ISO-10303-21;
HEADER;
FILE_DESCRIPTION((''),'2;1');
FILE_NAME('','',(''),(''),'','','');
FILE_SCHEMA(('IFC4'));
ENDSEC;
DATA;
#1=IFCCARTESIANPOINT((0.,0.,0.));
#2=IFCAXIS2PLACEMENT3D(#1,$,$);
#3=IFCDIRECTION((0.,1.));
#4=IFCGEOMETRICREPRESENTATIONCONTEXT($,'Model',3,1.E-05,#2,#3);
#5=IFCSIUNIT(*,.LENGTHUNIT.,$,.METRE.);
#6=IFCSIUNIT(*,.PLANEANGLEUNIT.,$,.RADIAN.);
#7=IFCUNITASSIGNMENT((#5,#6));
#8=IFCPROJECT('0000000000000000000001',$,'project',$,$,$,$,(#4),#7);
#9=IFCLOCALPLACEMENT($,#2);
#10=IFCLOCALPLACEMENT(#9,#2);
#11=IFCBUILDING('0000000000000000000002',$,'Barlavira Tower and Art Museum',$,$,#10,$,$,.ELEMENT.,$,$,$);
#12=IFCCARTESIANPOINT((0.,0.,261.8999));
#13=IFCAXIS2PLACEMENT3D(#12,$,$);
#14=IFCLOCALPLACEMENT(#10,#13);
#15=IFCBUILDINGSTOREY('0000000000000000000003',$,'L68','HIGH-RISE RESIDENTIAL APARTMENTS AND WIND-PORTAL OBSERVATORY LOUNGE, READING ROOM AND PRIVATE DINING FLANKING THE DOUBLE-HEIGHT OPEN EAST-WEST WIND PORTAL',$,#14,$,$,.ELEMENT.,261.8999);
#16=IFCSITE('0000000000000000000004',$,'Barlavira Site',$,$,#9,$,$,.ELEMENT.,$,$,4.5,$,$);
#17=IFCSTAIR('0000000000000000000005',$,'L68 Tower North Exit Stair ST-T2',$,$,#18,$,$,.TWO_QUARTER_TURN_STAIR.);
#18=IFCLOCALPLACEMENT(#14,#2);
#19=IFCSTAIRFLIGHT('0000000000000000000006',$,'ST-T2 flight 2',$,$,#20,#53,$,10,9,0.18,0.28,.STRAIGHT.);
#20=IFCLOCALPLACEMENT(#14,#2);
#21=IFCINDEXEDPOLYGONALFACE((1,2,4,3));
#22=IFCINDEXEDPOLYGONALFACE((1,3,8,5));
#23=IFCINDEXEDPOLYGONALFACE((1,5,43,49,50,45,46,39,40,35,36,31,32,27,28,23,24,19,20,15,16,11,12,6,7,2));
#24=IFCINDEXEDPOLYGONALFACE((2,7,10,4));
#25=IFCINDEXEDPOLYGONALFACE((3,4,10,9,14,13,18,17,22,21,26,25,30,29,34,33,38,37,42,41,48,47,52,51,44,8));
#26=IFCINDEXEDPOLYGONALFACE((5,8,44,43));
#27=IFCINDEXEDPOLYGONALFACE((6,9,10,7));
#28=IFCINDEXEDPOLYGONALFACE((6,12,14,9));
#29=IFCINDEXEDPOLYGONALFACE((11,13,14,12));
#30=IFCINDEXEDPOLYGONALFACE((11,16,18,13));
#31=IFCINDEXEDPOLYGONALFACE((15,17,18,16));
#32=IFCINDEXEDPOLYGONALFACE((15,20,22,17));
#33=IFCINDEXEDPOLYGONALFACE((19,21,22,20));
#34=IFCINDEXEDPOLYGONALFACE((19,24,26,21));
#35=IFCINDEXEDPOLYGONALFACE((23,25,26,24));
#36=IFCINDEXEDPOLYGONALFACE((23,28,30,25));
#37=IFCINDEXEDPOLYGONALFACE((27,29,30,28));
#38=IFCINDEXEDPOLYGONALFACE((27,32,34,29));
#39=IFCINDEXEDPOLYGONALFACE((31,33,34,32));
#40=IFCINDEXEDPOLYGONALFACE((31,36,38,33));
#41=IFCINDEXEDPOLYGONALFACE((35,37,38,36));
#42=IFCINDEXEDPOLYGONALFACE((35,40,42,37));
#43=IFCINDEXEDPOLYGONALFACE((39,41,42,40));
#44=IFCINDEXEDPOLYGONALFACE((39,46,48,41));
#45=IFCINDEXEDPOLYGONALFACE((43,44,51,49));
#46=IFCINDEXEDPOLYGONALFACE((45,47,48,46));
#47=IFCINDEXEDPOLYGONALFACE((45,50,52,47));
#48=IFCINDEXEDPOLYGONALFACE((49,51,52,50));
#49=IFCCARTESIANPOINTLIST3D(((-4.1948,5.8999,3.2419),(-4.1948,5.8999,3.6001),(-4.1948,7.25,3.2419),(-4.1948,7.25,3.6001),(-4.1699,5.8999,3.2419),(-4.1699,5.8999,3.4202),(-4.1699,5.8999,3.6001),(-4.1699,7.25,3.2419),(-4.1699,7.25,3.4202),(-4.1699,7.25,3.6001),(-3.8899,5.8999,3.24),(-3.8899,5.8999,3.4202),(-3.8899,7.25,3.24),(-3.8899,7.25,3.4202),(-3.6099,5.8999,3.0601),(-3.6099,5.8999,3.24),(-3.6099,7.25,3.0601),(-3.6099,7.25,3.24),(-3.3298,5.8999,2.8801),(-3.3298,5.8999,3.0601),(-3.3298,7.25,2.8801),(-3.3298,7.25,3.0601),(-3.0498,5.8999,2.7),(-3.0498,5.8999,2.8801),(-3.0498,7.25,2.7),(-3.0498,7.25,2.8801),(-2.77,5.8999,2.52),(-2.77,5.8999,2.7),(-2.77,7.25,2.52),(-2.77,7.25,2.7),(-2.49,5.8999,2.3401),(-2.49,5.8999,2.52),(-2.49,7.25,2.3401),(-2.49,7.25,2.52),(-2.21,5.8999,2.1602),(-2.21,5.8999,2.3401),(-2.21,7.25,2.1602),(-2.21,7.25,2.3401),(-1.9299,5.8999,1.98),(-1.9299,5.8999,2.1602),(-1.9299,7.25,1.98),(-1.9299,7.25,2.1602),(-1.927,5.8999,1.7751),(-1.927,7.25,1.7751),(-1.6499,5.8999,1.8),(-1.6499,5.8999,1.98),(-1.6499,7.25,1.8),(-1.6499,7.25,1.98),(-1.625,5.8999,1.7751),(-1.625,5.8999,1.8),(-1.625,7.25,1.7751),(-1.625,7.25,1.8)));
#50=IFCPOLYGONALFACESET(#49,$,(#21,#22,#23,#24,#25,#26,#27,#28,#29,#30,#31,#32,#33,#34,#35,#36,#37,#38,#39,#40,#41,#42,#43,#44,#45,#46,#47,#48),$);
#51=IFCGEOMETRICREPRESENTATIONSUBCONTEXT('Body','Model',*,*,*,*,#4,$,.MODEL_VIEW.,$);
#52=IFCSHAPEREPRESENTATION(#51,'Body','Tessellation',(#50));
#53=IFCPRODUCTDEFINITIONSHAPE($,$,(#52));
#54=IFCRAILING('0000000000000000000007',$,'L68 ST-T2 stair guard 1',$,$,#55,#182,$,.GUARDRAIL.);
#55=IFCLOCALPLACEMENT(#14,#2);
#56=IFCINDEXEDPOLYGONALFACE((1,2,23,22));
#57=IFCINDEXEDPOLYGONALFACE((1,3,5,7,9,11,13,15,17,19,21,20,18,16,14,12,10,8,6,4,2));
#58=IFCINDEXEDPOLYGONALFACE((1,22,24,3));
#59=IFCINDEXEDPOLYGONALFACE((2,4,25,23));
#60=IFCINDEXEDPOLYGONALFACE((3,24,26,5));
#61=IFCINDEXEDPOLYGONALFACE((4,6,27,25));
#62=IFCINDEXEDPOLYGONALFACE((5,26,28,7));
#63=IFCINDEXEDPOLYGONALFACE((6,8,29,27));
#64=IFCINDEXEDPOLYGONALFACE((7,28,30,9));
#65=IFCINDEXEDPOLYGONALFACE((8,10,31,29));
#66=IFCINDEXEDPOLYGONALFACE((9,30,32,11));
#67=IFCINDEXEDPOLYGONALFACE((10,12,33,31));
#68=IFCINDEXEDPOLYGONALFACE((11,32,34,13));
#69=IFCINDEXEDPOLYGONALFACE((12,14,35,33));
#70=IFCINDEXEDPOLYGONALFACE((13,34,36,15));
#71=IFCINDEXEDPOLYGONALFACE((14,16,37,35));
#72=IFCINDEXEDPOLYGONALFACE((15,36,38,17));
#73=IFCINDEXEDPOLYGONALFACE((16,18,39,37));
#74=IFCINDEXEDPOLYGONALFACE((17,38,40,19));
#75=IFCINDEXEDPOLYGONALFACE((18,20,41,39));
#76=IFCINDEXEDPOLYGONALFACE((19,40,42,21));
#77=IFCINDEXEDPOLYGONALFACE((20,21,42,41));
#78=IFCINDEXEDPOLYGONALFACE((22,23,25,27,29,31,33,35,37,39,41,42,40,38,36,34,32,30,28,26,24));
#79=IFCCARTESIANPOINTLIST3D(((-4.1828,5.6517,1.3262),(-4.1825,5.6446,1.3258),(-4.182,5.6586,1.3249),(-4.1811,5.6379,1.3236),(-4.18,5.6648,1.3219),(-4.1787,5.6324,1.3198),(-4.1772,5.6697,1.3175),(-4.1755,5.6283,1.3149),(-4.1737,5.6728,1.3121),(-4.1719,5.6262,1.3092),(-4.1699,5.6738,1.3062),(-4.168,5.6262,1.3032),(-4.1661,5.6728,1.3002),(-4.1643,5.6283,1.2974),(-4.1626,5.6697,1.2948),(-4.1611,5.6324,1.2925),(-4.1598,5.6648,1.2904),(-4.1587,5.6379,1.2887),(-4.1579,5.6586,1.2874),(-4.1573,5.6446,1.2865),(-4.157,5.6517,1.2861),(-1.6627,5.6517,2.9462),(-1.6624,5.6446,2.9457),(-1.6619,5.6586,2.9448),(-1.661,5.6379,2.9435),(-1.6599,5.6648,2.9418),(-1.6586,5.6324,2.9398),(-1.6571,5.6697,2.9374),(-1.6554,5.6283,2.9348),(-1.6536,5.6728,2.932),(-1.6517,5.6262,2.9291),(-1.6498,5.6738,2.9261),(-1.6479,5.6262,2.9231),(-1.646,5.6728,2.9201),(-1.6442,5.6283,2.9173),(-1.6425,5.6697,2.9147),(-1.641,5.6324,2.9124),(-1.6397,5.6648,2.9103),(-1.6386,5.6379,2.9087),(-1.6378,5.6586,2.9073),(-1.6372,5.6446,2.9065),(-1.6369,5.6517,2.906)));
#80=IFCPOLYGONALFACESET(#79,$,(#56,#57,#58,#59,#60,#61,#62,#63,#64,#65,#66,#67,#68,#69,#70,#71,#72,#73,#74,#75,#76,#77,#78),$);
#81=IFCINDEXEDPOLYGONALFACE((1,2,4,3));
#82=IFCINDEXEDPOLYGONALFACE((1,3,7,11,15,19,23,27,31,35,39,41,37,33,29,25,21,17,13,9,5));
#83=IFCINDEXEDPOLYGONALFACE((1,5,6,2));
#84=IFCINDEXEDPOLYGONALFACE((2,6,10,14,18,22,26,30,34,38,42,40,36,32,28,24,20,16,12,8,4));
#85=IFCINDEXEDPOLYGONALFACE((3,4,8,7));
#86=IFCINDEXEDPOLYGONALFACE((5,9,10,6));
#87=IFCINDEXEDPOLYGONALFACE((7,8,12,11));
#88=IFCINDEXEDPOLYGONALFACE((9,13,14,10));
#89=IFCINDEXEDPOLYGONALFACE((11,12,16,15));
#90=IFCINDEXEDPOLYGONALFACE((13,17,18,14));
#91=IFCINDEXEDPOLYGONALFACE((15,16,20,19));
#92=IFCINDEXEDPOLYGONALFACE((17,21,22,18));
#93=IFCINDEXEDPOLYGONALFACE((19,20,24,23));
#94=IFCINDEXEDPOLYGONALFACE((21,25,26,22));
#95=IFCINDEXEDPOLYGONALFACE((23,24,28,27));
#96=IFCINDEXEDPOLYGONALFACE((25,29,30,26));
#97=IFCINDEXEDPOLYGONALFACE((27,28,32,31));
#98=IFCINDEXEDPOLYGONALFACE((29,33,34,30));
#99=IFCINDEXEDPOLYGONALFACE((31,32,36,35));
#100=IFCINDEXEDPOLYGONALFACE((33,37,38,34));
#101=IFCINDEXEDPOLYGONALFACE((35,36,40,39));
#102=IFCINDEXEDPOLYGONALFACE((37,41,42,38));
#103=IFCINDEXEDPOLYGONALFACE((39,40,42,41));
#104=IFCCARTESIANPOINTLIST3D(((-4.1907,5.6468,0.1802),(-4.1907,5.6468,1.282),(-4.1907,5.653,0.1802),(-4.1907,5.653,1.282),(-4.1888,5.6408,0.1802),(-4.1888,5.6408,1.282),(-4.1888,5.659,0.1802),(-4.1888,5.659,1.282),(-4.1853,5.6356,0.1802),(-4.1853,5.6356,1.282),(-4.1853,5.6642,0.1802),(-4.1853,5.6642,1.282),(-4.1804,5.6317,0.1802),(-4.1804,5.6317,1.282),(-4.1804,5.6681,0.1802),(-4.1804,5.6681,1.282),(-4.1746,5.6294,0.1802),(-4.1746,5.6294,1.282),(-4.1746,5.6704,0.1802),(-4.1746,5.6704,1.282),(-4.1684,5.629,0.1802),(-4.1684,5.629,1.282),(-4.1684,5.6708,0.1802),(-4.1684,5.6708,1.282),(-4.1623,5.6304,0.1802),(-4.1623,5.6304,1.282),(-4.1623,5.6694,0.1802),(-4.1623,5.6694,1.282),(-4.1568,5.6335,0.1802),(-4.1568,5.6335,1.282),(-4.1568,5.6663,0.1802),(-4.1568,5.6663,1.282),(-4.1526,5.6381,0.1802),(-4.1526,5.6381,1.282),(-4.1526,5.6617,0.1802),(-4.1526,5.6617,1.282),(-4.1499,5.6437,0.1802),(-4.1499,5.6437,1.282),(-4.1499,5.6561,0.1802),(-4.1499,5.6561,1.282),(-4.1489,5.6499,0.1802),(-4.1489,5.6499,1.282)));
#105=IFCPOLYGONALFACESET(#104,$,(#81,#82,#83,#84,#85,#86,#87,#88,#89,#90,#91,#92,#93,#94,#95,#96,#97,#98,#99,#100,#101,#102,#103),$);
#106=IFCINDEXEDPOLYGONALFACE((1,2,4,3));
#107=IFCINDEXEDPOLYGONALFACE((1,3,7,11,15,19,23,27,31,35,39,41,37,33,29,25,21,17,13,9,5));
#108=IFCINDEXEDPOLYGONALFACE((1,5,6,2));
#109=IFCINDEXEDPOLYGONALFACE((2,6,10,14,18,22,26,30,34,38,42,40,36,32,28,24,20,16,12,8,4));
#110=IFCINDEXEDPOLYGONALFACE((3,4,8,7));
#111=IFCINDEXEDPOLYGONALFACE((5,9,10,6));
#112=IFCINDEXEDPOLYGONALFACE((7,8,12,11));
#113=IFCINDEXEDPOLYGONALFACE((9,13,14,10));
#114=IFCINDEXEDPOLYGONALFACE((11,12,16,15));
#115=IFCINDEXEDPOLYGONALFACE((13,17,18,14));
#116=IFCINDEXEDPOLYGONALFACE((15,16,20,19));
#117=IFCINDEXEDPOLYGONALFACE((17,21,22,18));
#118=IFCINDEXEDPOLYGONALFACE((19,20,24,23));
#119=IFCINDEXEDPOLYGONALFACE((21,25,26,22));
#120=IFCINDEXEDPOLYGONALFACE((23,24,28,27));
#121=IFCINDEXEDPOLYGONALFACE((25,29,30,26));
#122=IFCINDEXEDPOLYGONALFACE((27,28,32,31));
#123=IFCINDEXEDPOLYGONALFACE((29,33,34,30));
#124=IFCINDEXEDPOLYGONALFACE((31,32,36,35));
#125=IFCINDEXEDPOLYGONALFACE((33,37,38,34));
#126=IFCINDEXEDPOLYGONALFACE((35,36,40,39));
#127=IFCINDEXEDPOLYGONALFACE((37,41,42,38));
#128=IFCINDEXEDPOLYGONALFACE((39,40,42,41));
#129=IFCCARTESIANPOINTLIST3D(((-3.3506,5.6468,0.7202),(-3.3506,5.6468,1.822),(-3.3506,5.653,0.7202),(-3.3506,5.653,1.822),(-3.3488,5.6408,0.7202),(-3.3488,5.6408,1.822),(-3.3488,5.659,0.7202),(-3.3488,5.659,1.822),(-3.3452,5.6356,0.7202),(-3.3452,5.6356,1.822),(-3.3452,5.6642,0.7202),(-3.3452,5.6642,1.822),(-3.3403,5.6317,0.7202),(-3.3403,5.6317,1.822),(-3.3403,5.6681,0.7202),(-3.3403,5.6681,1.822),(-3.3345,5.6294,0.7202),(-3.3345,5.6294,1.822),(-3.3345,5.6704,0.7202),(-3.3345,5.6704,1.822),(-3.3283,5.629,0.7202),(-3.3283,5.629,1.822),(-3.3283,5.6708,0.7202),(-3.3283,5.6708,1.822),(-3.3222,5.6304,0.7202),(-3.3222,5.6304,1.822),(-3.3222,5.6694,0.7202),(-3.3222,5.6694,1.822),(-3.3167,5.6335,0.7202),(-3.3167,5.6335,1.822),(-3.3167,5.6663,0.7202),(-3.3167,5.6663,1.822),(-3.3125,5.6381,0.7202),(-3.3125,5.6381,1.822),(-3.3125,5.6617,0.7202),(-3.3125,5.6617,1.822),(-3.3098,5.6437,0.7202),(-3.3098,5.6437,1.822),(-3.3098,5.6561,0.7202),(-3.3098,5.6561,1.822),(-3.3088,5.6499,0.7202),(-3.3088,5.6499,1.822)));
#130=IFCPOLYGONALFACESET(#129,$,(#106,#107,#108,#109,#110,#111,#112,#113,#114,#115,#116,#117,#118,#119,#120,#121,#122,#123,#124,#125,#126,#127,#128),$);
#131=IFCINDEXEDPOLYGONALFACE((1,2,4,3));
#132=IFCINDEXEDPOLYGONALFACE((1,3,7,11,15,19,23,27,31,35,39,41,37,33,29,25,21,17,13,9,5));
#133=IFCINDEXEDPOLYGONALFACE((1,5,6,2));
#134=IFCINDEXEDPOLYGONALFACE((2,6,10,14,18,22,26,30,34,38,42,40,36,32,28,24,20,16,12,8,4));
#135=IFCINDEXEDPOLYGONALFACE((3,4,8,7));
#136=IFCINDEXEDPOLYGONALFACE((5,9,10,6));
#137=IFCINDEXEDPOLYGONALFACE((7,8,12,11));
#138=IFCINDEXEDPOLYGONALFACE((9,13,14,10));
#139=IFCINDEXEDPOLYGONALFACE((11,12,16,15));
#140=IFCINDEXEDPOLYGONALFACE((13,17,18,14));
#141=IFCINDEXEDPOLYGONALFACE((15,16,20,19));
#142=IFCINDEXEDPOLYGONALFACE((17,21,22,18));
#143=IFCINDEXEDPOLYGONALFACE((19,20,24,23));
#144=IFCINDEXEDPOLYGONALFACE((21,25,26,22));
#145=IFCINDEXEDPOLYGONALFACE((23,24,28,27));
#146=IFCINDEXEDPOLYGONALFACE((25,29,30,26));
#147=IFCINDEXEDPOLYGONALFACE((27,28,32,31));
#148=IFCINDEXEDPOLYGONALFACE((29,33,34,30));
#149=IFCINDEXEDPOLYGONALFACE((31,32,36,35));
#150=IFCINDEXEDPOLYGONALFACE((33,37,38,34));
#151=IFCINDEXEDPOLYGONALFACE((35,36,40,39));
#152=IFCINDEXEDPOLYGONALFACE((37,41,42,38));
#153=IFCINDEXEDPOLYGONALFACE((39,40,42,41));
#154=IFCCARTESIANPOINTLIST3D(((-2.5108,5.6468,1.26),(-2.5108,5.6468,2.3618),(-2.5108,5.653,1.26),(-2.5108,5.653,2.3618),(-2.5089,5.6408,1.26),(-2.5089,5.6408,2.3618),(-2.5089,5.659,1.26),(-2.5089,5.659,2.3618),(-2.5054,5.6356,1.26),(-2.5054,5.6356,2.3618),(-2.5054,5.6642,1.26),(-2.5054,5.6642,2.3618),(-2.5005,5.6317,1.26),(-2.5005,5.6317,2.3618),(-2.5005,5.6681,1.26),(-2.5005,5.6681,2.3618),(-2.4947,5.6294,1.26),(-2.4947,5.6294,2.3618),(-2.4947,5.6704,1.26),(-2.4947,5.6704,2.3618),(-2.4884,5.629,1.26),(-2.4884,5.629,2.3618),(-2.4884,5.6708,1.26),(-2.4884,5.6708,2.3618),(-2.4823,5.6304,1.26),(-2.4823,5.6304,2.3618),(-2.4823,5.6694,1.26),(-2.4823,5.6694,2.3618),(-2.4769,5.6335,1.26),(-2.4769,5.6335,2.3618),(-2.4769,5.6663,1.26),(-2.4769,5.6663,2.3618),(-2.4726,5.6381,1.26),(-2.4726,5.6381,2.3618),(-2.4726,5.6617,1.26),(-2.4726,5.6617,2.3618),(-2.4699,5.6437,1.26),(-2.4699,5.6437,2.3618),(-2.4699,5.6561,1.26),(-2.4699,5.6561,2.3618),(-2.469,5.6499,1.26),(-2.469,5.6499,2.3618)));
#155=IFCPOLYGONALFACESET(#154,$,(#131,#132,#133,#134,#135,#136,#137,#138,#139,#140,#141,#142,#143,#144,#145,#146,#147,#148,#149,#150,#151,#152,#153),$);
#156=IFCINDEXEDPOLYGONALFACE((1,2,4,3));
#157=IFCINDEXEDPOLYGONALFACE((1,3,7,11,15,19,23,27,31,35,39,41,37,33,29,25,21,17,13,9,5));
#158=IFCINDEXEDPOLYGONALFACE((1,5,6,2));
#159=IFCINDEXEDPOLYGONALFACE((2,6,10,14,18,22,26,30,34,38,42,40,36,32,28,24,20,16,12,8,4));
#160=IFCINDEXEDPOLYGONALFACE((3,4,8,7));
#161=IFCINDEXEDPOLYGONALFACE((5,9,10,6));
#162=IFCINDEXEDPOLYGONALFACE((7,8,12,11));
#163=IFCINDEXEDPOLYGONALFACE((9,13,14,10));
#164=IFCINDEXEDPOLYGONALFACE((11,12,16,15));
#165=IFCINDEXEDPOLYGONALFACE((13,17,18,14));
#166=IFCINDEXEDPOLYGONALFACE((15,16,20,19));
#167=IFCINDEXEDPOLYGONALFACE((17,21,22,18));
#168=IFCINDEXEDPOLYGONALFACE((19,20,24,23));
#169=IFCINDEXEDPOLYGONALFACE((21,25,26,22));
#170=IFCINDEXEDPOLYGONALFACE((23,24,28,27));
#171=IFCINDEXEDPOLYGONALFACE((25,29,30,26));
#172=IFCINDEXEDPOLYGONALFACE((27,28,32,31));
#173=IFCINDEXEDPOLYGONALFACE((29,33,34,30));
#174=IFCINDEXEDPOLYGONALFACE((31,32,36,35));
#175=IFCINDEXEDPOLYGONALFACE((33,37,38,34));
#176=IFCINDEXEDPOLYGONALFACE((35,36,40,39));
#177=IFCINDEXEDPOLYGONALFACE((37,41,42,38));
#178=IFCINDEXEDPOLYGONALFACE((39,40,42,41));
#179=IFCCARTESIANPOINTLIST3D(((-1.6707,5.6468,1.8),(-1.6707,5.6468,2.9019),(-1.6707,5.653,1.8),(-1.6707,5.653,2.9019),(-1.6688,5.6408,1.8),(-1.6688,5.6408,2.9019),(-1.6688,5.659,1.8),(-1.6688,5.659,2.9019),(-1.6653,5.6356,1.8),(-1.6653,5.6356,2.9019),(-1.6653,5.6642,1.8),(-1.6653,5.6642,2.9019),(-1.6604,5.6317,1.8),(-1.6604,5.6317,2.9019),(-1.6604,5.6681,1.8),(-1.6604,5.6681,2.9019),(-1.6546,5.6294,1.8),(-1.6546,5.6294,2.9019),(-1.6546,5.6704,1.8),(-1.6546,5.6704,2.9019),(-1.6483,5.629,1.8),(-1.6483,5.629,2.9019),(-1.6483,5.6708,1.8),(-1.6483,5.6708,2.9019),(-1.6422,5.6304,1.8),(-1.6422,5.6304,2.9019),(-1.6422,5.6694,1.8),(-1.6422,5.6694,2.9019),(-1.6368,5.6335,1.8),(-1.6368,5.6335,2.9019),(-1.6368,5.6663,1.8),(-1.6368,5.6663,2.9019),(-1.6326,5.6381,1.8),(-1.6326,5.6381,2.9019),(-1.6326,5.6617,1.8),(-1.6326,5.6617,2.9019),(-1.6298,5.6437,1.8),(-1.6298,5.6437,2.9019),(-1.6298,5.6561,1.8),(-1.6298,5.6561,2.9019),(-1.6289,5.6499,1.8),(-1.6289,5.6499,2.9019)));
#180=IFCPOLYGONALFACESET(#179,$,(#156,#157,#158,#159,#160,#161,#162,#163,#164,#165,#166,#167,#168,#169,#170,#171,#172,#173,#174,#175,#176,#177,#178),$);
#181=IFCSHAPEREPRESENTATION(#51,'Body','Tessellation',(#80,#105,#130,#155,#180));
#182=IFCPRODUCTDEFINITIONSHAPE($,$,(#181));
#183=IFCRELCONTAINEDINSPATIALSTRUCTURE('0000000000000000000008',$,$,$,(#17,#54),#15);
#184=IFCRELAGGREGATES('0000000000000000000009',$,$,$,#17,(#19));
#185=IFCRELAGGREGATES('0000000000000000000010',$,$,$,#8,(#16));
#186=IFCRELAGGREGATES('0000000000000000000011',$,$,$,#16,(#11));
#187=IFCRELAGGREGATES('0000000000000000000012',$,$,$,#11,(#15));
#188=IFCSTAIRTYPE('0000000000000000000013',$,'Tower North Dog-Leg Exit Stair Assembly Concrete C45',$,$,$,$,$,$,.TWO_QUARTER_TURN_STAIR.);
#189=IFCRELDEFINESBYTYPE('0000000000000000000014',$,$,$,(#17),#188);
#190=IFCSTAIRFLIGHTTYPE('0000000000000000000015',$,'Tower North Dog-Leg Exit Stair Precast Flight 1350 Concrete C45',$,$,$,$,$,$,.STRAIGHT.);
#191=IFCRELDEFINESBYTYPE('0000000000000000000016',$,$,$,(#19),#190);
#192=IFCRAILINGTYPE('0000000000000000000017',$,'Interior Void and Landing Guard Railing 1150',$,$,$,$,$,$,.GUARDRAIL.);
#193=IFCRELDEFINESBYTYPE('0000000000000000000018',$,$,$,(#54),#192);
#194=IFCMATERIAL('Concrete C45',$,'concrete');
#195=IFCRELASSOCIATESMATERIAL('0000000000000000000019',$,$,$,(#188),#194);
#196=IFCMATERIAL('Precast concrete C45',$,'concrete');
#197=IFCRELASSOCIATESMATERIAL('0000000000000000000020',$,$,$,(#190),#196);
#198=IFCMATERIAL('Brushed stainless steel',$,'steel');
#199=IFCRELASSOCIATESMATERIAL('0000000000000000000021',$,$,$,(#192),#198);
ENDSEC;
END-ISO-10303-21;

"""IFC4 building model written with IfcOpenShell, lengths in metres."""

from ifc_helpers import new_model, si_unit, direction, frame, origin, origin_2d, place, context, subcontext, project, spatial, polyline, circle, outline, extrude, material, type_object, element, aggregate, save


model = new_model("IFC4")

# Units and contexts
model_context = context("Model", 3, precision=1e-05, world=origin(), true_north=direction((0.0, 1.0)))
body_context = subcontext(model_context, "Body", "Model", "MODEL_VIEW")
ifc_project = project(units=[si_unit("LENGTHUNIT", "METRE"), si_unit("PLANEANGLEUNIT", "RADIAN")], contexts=[model_context])

# Site, building, storey
site_placement = place(None, origin())
site = spatial("IfcSite", under=ifc_project, at=site_placement, Name="Barlavira Site", CompositionType="ELEMENT", RefElevation=4.5)
building_placement = place(site_placement, origin())
building = spatial("IfcBuilding", under=site, at=building_placement, Name="Barlavira Tower and Art Museum", CompositionType="ELEMENT")
storey_placement = place(building_placement, frame((0.0, 0.0, 261.8999)))
storey = spatial("IfcBuildingStorey", under=building, at=storey_placement, Name="L68", Description="HIGH-RISE RESIDENTIAL APARTMENTS AND WIND-PORTAL OBSERVATORY LOUNGE, READING ROOM AND PRIVATE DINING FLANKING THE DOUBLE-HEIGHT OPEN EAST-WEST WIND PORTAL", CompositionType="ELEMENT", Elevation=261.8999)

# Shared definitions
ifc_material_1 = material(Name="Brushed stainless steel", Category="steel")

# Stair, stair flight
ifc_material_2 = material(Name="Concrete C45", Category="concrete")
stair_type = type_object("IfcStairType", Name="Tower North Dog-Leg Exit Stair Assembly Concrete C45", PredefinedType="TWO_QUARTER_TURN_STAIR", material=ifc_material_2)
stair_placement = place(storey_placement, origin())
stair = element("IfcStair", 1, at=stair_placement, inside=storey, type_object=stair_type, Name="L68 Tower North Exit Stair ST-T2", PredefinedType="TWO_QUARTER_TURN_STAIR")
ifc_material_3 = material(Name="Precast concrete C45", Category="concrete")
stair_flight_type = type_object("IfcStairFlightType", Name="Tower North Dog-Leg Exit Stair Precast Flight 1350 Concrete C45", PredefinedType="STRAIGHT", material=ifc_material_3)
stair_flight_1_placement = place(storey_placement, frame((-1.6499, 6.575, 1.8), z_axis=(0.0, 0.0, 1.0), x_axis=(-1.0, 0.0, 0.0)))
stair_flight_1 = element("IfcStairFlight", 2, at=stair_flight_1_placement, type_object=stair_flight_type, Name="ST-T2 flight 2", NumberOfRisers=10, NumberOfTreads=9, PredefinedType="STRAIGHT", RiserHeight=0.18, TreadLength=0.28, context=body_context, shape_type="SweptSolid", body=[
    extrude(outline(polyline([(-0.0249, 0.0), (0.0, 0.0), (0.0, 0.1799), (0.28, 0.1799), (0.28, 0.3601), (0.5601, 0.3601), (0.5601, 0.54), (0.8401, 0.54), (0.8401, 0.72), (1.1201, 0.72), (1.1201, 0.8999), (1.3999, 0.8999), (1.3999, 1.0801), (1.6799, 1.0801), (1.6799, 1.26), (1.96, 1.26), (1.96, 1.4399), (2.24, 1.4399), (2.24, 1.6201), (2.52, 1.6201), (2.52, 1.8), (2.5449, 1.8), (2.5449, 1.4419), (2.52, 1.4419), (0.2771, -0.0249), (-0.0249, -0.0249), (-0.0249, 0.0)])), frame((0.0, 0.675, 0.0), z_axis=(0.0, -1.0, 0.0), x_axis=(1.0, 0.0, 0.0)), (0.0, 0.0, 1.0), 1.3501),
])
aggregate(stair, [stair_flight_1])

# Railing
railing_type_1 = type_object("IfcRailingType", Name="Interior Void and Landing Guard Railing 1150", PredefinedType="GUARDRAIL", material=ifc_material_1)
railing_1_placement = place(storey_placement, frame((-4.1699, 5.6499, 0.1802)))
element("IfcRailing", 3, at=railing_1_placement, inside=storey, type_object=railing_type_1, Name="L68 ST-T2 stair guard 1", PredefinedType="GUARDRAIL", context=body_context, shape_type="SweptSolid", body=[
    extrude(circle(Radius=0.0239, at=origin_2d()), frame((0.0, 0.0, 1.126), z_axis=(0.8412, 0.0, 0.540725), x_axis=(0.0, 1.0, 0.0)), (0.0, 0.0, 1.0), 2.9958),
    extrude(circle(Radius=0.021, at=origin_2d()), origin(), (0.0, 0.0, 1.0), 1.1018),
    extrude(circle(Radius=0.021, at=origin_2d()), frame((0.8401, 0.0, 0.54)), (0.0, 0.0, 1.0), 1.1018),
    extrude(circle(Radius=0.021, at=origin_2d()), frame((1.6799, 0.0, 1.0798)), (0.0, 0.0, 1.0), 1.1018),
    extrude(circle(Radius=0.021, at=origin_2d()), frame((2.52, 0.0, 1.6199)), (0.0, 0.0, 1.0), 1.1018),
])

save(model, "model.ifc")
